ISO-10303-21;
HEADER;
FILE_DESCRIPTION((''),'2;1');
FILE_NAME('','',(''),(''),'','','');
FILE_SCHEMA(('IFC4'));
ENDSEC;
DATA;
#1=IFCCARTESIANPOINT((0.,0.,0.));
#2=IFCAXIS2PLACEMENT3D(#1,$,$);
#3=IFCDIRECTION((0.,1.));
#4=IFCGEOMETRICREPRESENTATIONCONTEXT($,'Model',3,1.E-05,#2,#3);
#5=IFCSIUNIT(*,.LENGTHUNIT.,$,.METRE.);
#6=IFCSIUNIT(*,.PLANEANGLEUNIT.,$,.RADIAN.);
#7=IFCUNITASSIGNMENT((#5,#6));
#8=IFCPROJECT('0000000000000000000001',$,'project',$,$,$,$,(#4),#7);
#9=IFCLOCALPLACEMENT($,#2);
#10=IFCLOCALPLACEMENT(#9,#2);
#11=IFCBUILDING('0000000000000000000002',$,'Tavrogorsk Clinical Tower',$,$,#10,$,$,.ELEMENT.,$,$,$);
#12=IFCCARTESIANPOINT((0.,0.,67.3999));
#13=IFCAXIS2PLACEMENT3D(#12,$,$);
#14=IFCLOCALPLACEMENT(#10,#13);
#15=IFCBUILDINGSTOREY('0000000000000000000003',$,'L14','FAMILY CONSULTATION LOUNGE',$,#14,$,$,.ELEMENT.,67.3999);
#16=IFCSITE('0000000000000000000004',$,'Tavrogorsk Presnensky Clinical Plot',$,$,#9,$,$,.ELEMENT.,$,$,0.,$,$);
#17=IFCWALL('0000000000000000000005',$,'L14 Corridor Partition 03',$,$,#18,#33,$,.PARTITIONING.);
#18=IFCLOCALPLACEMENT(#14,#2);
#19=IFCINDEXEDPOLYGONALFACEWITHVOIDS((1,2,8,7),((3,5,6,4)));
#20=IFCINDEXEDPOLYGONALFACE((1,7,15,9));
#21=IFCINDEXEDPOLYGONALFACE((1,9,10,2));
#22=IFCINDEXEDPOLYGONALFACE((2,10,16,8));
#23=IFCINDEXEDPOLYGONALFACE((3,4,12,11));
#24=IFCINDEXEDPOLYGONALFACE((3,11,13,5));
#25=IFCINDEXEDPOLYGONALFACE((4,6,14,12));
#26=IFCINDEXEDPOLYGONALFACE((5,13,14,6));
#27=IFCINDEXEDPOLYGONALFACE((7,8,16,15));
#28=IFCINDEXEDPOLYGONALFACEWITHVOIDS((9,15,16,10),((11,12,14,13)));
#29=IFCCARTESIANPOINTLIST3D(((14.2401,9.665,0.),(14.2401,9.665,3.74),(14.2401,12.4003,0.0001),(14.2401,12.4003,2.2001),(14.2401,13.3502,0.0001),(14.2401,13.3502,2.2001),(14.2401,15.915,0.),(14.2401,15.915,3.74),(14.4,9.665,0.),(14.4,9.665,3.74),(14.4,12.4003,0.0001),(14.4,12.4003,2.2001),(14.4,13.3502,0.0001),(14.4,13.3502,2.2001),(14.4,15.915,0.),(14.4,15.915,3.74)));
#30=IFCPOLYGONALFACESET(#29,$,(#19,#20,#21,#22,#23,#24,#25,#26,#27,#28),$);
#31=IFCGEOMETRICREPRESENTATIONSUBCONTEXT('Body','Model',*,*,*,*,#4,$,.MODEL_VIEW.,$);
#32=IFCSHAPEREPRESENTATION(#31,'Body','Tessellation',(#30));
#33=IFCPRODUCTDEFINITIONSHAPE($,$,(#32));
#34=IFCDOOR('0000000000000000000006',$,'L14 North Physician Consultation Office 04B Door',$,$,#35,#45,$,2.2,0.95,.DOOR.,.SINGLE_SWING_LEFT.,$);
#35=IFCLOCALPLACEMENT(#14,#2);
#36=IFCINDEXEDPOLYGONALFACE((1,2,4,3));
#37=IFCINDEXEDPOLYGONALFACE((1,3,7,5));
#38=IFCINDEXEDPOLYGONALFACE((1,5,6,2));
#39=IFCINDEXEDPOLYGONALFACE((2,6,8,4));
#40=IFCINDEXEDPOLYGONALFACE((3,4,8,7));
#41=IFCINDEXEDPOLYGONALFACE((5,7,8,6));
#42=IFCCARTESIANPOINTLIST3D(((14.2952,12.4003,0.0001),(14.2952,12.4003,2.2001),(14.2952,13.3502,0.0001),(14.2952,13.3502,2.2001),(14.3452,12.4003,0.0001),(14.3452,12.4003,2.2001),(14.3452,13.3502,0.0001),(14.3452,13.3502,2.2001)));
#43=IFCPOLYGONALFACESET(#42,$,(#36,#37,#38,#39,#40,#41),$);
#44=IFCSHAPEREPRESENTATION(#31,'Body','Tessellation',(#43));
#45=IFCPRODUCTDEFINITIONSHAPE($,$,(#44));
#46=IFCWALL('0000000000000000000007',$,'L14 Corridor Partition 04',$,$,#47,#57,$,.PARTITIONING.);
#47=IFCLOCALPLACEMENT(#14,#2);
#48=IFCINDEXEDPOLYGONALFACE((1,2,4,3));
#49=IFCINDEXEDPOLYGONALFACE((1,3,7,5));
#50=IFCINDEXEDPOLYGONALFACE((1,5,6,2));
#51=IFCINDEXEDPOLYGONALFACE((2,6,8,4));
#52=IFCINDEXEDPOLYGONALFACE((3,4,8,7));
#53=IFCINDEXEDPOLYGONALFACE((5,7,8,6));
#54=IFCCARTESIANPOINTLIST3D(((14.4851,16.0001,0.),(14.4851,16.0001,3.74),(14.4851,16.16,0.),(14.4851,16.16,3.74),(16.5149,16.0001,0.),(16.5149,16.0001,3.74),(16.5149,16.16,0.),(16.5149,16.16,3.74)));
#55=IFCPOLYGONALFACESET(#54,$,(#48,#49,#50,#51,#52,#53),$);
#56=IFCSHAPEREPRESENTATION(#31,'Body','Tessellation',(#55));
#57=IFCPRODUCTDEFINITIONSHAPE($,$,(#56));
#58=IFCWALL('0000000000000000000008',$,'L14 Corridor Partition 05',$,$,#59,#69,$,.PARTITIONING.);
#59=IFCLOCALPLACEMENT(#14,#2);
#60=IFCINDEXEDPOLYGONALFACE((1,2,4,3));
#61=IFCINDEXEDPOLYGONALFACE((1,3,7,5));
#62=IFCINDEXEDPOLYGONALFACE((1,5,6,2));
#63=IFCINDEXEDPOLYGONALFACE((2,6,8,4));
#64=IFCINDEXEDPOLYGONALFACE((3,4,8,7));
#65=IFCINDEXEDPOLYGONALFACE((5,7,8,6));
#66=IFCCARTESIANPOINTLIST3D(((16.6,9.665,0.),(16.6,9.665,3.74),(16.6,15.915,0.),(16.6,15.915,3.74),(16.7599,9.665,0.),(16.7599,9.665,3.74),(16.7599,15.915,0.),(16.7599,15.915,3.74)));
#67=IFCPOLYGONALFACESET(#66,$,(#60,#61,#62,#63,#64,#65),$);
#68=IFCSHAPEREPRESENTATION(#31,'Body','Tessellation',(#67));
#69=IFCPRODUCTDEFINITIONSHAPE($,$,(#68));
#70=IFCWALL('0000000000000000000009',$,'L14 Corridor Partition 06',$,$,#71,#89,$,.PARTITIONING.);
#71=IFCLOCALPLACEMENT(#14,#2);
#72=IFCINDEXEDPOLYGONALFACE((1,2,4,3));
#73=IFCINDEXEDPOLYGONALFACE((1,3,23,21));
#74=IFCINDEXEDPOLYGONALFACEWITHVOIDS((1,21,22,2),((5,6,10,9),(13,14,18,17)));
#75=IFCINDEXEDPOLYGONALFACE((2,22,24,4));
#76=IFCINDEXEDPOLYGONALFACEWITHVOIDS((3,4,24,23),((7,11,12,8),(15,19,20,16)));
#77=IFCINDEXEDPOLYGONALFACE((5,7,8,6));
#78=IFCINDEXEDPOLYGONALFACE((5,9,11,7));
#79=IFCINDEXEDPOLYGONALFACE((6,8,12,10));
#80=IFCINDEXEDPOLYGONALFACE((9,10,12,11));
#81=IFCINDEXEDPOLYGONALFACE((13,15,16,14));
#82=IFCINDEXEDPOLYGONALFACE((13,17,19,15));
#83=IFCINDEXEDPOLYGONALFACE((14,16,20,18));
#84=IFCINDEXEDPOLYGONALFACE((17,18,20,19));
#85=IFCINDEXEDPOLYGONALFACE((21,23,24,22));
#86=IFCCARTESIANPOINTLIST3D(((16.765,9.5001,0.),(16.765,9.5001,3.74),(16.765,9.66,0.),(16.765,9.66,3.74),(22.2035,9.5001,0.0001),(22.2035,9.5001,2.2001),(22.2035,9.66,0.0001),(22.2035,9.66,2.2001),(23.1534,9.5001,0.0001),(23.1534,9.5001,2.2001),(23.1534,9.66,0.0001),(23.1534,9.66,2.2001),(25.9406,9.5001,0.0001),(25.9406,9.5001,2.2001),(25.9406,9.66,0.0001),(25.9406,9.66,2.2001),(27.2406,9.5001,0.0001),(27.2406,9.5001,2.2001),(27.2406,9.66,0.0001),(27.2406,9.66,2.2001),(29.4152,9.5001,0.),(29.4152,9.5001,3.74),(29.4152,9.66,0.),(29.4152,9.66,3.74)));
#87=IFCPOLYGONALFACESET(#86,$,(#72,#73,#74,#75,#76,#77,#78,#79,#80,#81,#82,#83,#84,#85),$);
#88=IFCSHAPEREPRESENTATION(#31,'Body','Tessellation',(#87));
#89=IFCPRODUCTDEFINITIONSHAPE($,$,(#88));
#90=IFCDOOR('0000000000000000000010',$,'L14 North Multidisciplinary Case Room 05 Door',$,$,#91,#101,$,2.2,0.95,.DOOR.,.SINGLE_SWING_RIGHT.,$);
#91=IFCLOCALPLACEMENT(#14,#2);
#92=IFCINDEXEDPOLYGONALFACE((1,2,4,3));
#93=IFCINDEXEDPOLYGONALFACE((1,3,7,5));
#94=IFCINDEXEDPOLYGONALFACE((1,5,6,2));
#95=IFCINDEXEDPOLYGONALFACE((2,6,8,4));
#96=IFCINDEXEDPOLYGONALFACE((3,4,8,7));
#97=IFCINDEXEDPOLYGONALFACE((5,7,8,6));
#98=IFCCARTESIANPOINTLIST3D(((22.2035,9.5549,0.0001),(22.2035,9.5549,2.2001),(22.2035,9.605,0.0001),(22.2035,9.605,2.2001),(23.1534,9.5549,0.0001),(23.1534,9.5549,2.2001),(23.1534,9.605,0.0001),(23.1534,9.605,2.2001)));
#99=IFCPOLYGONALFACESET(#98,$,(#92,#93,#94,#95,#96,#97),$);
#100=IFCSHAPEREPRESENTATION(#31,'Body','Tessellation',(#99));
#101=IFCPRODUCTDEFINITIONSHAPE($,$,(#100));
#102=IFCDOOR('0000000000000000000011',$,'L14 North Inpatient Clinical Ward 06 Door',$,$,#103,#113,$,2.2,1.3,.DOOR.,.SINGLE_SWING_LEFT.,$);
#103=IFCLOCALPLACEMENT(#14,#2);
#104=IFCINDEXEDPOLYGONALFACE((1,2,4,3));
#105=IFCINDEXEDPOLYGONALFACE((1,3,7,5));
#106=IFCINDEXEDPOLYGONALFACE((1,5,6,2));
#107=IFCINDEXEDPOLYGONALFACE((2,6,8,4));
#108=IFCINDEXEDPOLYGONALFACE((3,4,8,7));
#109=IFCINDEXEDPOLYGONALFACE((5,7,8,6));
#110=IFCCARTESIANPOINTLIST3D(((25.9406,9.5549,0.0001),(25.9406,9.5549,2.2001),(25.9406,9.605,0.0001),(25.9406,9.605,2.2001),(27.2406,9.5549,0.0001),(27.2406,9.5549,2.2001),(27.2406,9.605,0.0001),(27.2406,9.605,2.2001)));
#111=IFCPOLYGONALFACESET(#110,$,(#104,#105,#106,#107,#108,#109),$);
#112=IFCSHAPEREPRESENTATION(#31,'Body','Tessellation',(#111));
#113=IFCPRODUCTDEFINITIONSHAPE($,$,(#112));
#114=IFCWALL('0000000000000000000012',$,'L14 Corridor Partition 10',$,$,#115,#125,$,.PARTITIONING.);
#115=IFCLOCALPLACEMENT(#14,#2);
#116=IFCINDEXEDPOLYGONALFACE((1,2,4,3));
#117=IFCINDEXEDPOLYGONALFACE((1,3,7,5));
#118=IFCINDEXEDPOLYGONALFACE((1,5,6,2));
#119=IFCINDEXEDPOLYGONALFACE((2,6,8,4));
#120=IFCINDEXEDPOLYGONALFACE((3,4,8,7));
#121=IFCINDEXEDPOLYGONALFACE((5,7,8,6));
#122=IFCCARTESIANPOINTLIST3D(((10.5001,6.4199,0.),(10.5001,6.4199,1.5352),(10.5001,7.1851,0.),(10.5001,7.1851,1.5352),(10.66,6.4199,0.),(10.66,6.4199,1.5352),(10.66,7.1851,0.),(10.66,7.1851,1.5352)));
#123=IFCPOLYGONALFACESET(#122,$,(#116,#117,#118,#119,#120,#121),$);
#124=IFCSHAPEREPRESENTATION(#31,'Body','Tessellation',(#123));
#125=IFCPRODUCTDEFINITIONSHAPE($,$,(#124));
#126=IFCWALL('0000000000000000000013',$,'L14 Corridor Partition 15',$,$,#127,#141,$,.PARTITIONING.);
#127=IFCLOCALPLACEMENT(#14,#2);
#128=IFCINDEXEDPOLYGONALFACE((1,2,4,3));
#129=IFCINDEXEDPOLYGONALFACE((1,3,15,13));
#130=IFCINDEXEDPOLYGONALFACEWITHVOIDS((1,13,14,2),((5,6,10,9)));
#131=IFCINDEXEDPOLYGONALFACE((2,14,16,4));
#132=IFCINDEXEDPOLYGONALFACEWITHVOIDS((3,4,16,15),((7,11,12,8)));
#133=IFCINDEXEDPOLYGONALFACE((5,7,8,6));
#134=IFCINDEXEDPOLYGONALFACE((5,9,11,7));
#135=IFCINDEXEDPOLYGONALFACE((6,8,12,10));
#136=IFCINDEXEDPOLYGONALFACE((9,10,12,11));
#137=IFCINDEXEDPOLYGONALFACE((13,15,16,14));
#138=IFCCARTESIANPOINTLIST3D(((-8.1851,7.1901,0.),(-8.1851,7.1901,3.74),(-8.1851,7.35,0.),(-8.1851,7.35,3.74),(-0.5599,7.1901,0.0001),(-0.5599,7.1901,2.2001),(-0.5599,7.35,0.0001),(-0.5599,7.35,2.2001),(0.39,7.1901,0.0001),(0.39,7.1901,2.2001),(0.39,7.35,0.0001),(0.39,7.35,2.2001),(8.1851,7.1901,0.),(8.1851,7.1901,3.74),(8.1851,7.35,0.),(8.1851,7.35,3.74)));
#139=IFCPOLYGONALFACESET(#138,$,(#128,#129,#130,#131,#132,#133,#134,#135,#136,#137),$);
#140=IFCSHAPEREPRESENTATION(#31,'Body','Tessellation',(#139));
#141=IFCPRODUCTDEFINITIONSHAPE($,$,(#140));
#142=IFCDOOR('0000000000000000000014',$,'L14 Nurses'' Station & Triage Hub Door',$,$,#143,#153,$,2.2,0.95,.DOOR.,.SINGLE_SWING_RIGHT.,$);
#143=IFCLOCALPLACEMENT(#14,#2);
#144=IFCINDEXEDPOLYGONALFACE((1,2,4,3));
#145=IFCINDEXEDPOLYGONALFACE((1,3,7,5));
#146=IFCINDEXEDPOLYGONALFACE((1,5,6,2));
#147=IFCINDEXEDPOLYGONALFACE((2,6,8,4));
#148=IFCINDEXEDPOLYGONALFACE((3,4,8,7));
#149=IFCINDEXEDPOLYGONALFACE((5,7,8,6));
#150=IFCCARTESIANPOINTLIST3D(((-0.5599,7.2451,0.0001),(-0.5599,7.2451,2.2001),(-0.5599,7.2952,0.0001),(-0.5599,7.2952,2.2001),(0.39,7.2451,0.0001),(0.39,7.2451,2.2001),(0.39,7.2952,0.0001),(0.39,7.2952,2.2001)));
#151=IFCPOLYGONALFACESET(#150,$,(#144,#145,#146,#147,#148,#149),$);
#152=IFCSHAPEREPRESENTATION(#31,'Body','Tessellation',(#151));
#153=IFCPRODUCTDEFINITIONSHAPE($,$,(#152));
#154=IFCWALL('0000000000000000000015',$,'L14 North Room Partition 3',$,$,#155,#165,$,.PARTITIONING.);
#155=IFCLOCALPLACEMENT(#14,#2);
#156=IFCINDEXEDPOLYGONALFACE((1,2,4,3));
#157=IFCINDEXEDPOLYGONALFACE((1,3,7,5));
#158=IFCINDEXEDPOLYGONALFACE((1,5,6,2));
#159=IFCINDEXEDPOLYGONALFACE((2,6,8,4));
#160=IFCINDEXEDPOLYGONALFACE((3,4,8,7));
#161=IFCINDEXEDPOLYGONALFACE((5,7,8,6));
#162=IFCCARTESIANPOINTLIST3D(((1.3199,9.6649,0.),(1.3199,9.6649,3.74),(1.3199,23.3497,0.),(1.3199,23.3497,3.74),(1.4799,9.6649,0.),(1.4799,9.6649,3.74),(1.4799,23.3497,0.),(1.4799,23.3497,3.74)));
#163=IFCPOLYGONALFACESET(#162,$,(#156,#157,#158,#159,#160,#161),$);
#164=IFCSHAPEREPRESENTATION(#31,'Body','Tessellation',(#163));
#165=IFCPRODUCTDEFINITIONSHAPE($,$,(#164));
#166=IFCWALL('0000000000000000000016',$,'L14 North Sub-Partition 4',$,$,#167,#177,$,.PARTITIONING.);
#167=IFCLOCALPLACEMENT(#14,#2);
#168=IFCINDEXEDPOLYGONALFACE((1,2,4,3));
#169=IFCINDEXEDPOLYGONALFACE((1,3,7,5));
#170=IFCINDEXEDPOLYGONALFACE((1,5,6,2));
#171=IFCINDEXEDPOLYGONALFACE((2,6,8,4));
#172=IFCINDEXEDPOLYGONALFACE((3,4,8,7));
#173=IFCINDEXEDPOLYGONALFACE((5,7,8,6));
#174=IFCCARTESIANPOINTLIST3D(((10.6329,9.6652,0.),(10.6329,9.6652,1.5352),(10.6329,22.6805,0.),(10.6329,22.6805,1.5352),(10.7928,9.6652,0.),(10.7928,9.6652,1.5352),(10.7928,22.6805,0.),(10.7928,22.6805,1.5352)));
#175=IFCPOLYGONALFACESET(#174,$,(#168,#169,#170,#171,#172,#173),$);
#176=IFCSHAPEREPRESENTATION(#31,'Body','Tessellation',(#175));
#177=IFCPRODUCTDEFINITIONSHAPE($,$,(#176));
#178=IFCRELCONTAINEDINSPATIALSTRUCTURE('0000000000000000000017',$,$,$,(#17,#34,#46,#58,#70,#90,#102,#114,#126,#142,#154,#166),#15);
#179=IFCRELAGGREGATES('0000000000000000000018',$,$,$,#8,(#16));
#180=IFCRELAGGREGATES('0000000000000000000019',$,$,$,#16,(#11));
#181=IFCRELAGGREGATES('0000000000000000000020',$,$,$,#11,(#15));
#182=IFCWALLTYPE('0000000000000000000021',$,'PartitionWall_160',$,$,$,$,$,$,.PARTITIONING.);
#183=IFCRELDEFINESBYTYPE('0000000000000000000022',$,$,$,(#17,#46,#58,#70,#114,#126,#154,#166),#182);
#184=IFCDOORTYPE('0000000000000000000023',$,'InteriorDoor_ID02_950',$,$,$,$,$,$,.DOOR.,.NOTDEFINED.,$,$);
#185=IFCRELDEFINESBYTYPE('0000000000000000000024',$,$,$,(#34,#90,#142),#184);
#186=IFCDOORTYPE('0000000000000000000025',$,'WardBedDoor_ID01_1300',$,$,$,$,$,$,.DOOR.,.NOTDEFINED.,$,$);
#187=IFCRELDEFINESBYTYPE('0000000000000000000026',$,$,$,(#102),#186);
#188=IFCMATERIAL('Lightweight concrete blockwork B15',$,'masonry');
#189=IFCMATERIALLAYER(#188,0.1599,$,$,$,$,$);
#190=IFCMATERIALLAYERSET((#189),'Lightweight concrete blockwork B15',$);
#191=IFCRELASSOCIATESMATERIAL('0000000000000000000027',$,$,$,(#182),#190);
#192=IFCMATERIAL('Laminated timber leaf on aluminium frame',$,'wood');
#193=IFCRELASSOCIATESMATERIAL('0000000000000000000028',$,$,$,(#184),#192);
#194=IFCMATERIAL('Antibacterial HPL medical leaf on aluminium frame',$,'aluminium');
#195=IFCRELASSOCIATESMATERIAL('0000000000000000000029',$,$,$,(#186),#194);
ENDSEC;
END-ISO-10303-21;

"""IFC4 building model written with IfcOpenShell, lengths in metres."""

from ifc_helpers import new_model, si_unit, direction, frame, frame_2d, origin, place, context, subcontext, project, spatial, rectangle, extrude, material, layer, layer_set, type_object, element, fill, save


model = new_model("IFC4")

# Units and contexts
model_context = context("Model", 3, precision=1e-05, world=origin(), true_north=direction((0.0, 1.0)))
body_context = subcontext(model_context, "Body", "Model", "MODEL_VIEW")
ifc_project = project(units=[si_unit("LENGTHUNIT", "METRE"), si_unit("PLANEANGLEUNIT", "RADIAN")], contexts=[model_context])

# Site, building, storey
site_placement = place(None, origin())
site = spatial("IfcSite", under=ifc_project, at=site_placement, Name="Tavrogorsk Presnensky Clinical Plot", CompositionType="ELEMENT", RefElevation=0.0)
building_placement = place(site_placement, origin())
building = spatial("IfcBuilding", under=site, at=building_placement, Name="Tavrogorsk Clinical Tower", CompositionType="ELEMENT")
storey_placement = place(building_placement, frame((0.0, 0.0, 67.3999)))
storey = spatial("IfcBuildingStorey", under=building, at=storey_placement, Name="L14", Description="FAMILY CONSULTATION LOUNGE", CompositionType="ELEMENT", Elevation=67.3999)

# Wall, opening, door
ifc_material_1 = material(Name="Lightweight concrete blockwork B15", Category="masonry")
ifc_layer_1 = layer(ifc_material_1, 0.1599)
ifc_layer_set_1 = layer_set([ifc_layer_1], Name="Lightweight concrete blockwork B15")
wall_type_1 = type_object("IfcWallType", Name="PartitionWall_160", PredefinedType="PARTITIONING", material=ifc_layer_set_1)
wall_1_placement = place(storey_placement, frame((14.3201, 9.665, 0.0), z_axis=(0.0, 0.0, 1.0), x_axis=(0.0, 1.0, 0.0)))
wall_1 = element("IfcWall", 1, at=wall_1_placement, inside=storey, type_object=wall_type_1, Name="L14 Corridor Partition 03", PredefinedType="PARTITIONING", context=body_context, shape_type="SweptSolid", body=[
    extrude(rectangle(XDim=6.25, YDim=0.1599, at=frame_2d((3.125, 0.0))), origin(), (0.0, 0.0, 1.0), 3.74),
])
opening_1_placement = place(wall_1_placement, frame((2.7351, 0.0, 0.0)))
opening_1 = element("IfcOpeningElement", 2, at=opening_1_placement, cuts=wall_1, PredefinedType="OPENING", context=body_context, shape_type="SweptSolid", body=[
    extrude(rectangle(XDim=0.95, YDim=2.2, at=frame_2d((0.4751, 1.1001))), frame((0.0, 0.0898, 0.0), z_axis=(0.0, -1.0, 0.0), x_axis=(1.0, 0.0, 0.0)), (0.0, 0.0, 1.0), 0.1799),
])
ifc_material_2 = material(Name="Laminated timber leaf on aluminium frame", Category="wood")
door_type_1 = type_object("IfcDoorType", Name="InteriorDoor_ID02_950", OperationType="NOTDEFINED", PredefinedType="DOOR", material=ifc_material_2)
door_1_placement = place(opening_1_placement, origin())
door_1 = element("IfcDoor", 3, at=door_1_placement, inside=storey, type_object=door_type_1, Name="L14 North Physician Consultation Office 04B Door", OperationType="SINGLE_SWING_LEFT", OverallHeight=2.2, OverallWidth=0.95, PredefinedType="DOOR", context=body_context, shape_type="SweptSolid", body=[
    extrude(rectangle(XDim=0.95, YDim=2.2, at=frame_2d((0.4751, 1.1001))), frame((0.0, 0.0249, 0.0), z_axis=(0.0, -1.0, 0.0), x_axis=(1.0, 0.0, 0.0)), (0.0, 0.0, 1.0), 0.05),
])
fill(opening_1, door_1)

# Walls
wall_2_placement = place(storey_placement, frame((14.4851, 16.0801, 0.0), z_axis=(0.0, 0.0, 1.0), x_axis=(1.0, 0.0, 0.0)))
element("IfcWall", 4, at=wall_2_placement, inside=storey, type_object=wall_type_1, Name="L14 Corridor Partition 04", PredefinedType="PARTITIONING", context=body_context, shape_type="SweptSolid", body=[
    extrude(rectangle(XDim=2.0298, YDim=0.1599, at=frame_2d((1.0149, 0.0))), origin(), (0.0, 0.0, 1.0), 3.74),
])
wall_3_placement = place(storey_placement, frame((16.6799, 15.915, 0.0), z_axis=(0.0, 0.0, 1.0), x_axis=(0.0, -1.0, 0.0)))
element("IfcWall", 5, at=wall_3_placement, inside=storey, type_object=wall_type_1, Name="L14 Corridor Partition 05", PredefinedType="PARTITIONING", context=body_context, shape_type="SweptSolid", body=[
    extrude(rectangle(XDim=6.25, YDim=0.1599, at=frame_2d((3.125, 0.0))), origin(), (0.0, 0.0, 1.0), 3.74),
])

# Wall, openings, doors
wall_4_placement = place(storey_placement, frame((16.7649, 9.5801, 0.0), z_axis=(0.0, 0.0, 1.0), x_axis=(1.0, 0.0, 0.0)))
wall_4 = element("IfcWall", 6, at=wall_4_placement, inside=storey, type_object=wall_type_1, Name="L14 Corridor Partition 06", PredefinedType="PARTITIONING", context=body_context, shape_type="SweptSolid", body=[
    extrude(rectangle(XDim=12.6501, YDim=0.1599, at=frame_2d((6.3252, 0.0))), origin(), (0.0, 0.0, 1.0), 3.74),
])
opening_2_placement = place(wall_4_placement, frame((5.4385, 0.0, 0.0)))
opening_2 = element("IfcOpeningElement", 7, at=opening_2_placement, cuts=wall_4, PredefinedType="OPENING", context=body_context, shape_type="SweptSolid", body=[
    extrude(rectangle(XDim=0.95, YDim=2.2, at=frame_2d((0.4751, 1.1001))), frame((0.0, 0.0898, 0.0), z_axis=(0.0, -1.0, 0.0), x_axis=(1.0, 0.0, 0.0)), (0.0, 0.0, 1.0), 0.1799),
])
opening_3_placement = place(wall_4_placement, frame((9.1758, 0.0, 0.0)))
opening_3 = element("IfcOpeningElement", 8, at=opening_3_placement, cuts=wall_4, PredefinedType="OPENING", context=body_context, shape_type="SweptSolid", body=[
    extrude(rectangle(XDim=1.3, YDim=2.2, at=frame_2d((0.6499, 1.1001))), frame((0.0, 0.0898, 0.0), z_axis=(0.0, -1.0, 0.0), x_axis=(1.0, 0.0, 0.0)), (0.0, 0.0, 1.0), 0.1799),
])
door_2_placement = place(opening_2_placement, origin())
door_2 = element("IfcDoor", 9, at=door_2_placement, inside=storey, type_object=door_type_1, Name="L14 North Multidisciplinary Case Room 05 Door", OperationType="SINGLE_SWING_RIGHT", OverallHeight=2.2, OverallWidth=0.95, PredefinedType="DOOR", context=body_context, shape_type="SweptSolid", body=[
    extrude(rectangle(XDim=0.95, YDim=2.2, at=frame_2d((0.4751, 1.1001))), frame((0.0, 0.0249, 0.0), z_axis=(0.0, -1.0, 0.0), x_axis=(1.0, 0.0, 0.0)), (0.0, 0.0, 1.0), 0.05),
])
fill(opening_2, door_2)
ifc_material_3 = material(Name="Antibacterial HPL medical leaf on aluminium frame", Category="aluminium")
door_type_2 = type_object("IfcDoorType", Name="WardBedDoor_ID01_1300", OperationType="NOTDEFINED", PredefinedType="DOOR", material=ifc_material_3)
door_3_placement = place(opening_3_placement, origin())
door_3 = element("IfcDoor", 10, at=door_3_placement, inside=storey, type_object=door_type_2, Name="L14 North Inpatient Clinical Ward 06 Door", OperationType="SINGLE_SWING_LEFT", OverallHeight=2.2, OverallWidth=1.3, PredefinedType="DOOR", context=body_context, shape_type="SweptSolid", body=[
    extrude(rectangle(XDim=1.3, YDim=2.2, at=frame_2d((0.6499, 1.1001))), frame((0.0, 0.0249, 0.0), z_axis=(0.0, -1.0, 0.0), x_axis=(1.0, 0.0, 0.0)), (0.0, 0.0, 1.0), 0.05),
])
fill(opening_3, door_3)

# Wall
wall_5_placement = place(storey_placement, frame((10.5801, 7.1851, 0.0), z_axis=(0.0, 0.0, 1.0), x_axis=(0.0, -1.0, 0.0)))
element("IfcWall", 11, at=wall_5_placement, inside=storey, type_object=wall_type_1, Name="L14 Corridor Partition 10", PredefinedType="PARTITIONING", context=body_context, shape_type="SweptSolid", body=[
    extrude(rectangle(XDim=0.7651, YDim=0.1599, at=frame_2d((0.3826, 0.0))), origin(), (0.0, 0.0, 1.0), 1.5352),
])

# Wall, opening, door
wall_6_placement = place(storey_placement, frame((8.1851, 7.27, 0.0), z_axis=(0.0, 0.0, 1.0), x_axis=(-1.0, 0.0, 0.0)))
wall_6 = element("IfcWall", 12, at=wall_6_placement, inside=storey, type_object=wall_type_1, Name="L14 Corridor Partition 15", PredefinedType="PARTITIONING", context=body_context, shape_type="SweptSolid", body=[
    extrude(rectangle(XDim=16.3701, YDim=0.1599, at=frame_2d((8.1851, 0.0))), origin(), (0.0, 0.0, 1.0), 3.74),
])
opening_4_placement = place(wall_6_placement, frame((7.7949, 0.0, 0.0)))
opening_4 = element("IfcOpeningElement", 13, at=opening_4_placement, cuts=wall_6, PredefinedType="OPENING", context=body_context, shape_type="SweptSolid", body=[
    extrude(rectangle(XDim=0.95, YDim=2.2, at=frame_2d((0.4751, 1.1001))), frame((0.0, 0.0898, 0.0), z_axis=(0.0, -1.0, 0.0), x_axis=(1.0, 0.0, 0.0)), (0.0, 0.0, 1.0), 0.1799),
])
door_4_placement = place(opening_4_placement, origin())
door_4 = element("IfcDoor", 14, at=door_4_placement, inside=storey, type_object=door_type_1, Name="L14 Nurses' Station & Triage Hub Door", OperationType="SINGLE_SWING_RIGHT", OverallHeight=2.2, OverallWidth=0.95, PredefinedType="DOOR", context=body_context, shape_type="SweptSolid", body=[
    extrude(rectangle(XDim=0.95, YDim=2.2, at=frame_2d((0.4751, 1.1001))), frame((0.0, 0.0249, 0.0), z_axis=(0.0, -1.0, 0.0), x_axis=(1.0, 0.0, 0.0)), (0.0, 0.0, 1.0), 0.05),
])
fill(opening_4, door_4)

# Walls
wall_7_placement = place(storey_placement, frame((1.3999, 9.665, 0.0), z_axis=(0.0, 0.0, 1.0), x_axis=(0.0, 1.0, 0.0)))
element("IfcWall", 15, at=wall_7_placement, inside=storey, type_object=wall_type_1, Name="L14 North Room Partition 3", PredefinedType="PARTITIONING", context=body_context, shape_type="SweptSolid", body=[
    extrude(rectangle(XDim=13.6848, YDim=0.1599, at=frame_2d((6.8423, 0.0))), origin(), (0.0, 0.0, 1.0), 3.74),
])
wall_8_placement = place(storey_placement, frame((10.7129, 9.665, 0.0), z_axis=(0.0, 0.0, 1.0), x_axis=(0.0, 1.0, 0.0)))
element("IfcWall", 16, at=wall_8_placement, inside=storey, type_object=wall_type_1, Name="L14 North Sub-Partition 4", PredefinedType="PARTITIONING", context=body_context, shape_type="SweptSolid", body=[
    extrude(rectangle(XDim=13.0154, YDim=0.1599, at=frame_2d((6.5078, 0.0))), origin(), (0.0, 0.0, 1.0), 1.5352),
])

save(model, "model.ifc")
